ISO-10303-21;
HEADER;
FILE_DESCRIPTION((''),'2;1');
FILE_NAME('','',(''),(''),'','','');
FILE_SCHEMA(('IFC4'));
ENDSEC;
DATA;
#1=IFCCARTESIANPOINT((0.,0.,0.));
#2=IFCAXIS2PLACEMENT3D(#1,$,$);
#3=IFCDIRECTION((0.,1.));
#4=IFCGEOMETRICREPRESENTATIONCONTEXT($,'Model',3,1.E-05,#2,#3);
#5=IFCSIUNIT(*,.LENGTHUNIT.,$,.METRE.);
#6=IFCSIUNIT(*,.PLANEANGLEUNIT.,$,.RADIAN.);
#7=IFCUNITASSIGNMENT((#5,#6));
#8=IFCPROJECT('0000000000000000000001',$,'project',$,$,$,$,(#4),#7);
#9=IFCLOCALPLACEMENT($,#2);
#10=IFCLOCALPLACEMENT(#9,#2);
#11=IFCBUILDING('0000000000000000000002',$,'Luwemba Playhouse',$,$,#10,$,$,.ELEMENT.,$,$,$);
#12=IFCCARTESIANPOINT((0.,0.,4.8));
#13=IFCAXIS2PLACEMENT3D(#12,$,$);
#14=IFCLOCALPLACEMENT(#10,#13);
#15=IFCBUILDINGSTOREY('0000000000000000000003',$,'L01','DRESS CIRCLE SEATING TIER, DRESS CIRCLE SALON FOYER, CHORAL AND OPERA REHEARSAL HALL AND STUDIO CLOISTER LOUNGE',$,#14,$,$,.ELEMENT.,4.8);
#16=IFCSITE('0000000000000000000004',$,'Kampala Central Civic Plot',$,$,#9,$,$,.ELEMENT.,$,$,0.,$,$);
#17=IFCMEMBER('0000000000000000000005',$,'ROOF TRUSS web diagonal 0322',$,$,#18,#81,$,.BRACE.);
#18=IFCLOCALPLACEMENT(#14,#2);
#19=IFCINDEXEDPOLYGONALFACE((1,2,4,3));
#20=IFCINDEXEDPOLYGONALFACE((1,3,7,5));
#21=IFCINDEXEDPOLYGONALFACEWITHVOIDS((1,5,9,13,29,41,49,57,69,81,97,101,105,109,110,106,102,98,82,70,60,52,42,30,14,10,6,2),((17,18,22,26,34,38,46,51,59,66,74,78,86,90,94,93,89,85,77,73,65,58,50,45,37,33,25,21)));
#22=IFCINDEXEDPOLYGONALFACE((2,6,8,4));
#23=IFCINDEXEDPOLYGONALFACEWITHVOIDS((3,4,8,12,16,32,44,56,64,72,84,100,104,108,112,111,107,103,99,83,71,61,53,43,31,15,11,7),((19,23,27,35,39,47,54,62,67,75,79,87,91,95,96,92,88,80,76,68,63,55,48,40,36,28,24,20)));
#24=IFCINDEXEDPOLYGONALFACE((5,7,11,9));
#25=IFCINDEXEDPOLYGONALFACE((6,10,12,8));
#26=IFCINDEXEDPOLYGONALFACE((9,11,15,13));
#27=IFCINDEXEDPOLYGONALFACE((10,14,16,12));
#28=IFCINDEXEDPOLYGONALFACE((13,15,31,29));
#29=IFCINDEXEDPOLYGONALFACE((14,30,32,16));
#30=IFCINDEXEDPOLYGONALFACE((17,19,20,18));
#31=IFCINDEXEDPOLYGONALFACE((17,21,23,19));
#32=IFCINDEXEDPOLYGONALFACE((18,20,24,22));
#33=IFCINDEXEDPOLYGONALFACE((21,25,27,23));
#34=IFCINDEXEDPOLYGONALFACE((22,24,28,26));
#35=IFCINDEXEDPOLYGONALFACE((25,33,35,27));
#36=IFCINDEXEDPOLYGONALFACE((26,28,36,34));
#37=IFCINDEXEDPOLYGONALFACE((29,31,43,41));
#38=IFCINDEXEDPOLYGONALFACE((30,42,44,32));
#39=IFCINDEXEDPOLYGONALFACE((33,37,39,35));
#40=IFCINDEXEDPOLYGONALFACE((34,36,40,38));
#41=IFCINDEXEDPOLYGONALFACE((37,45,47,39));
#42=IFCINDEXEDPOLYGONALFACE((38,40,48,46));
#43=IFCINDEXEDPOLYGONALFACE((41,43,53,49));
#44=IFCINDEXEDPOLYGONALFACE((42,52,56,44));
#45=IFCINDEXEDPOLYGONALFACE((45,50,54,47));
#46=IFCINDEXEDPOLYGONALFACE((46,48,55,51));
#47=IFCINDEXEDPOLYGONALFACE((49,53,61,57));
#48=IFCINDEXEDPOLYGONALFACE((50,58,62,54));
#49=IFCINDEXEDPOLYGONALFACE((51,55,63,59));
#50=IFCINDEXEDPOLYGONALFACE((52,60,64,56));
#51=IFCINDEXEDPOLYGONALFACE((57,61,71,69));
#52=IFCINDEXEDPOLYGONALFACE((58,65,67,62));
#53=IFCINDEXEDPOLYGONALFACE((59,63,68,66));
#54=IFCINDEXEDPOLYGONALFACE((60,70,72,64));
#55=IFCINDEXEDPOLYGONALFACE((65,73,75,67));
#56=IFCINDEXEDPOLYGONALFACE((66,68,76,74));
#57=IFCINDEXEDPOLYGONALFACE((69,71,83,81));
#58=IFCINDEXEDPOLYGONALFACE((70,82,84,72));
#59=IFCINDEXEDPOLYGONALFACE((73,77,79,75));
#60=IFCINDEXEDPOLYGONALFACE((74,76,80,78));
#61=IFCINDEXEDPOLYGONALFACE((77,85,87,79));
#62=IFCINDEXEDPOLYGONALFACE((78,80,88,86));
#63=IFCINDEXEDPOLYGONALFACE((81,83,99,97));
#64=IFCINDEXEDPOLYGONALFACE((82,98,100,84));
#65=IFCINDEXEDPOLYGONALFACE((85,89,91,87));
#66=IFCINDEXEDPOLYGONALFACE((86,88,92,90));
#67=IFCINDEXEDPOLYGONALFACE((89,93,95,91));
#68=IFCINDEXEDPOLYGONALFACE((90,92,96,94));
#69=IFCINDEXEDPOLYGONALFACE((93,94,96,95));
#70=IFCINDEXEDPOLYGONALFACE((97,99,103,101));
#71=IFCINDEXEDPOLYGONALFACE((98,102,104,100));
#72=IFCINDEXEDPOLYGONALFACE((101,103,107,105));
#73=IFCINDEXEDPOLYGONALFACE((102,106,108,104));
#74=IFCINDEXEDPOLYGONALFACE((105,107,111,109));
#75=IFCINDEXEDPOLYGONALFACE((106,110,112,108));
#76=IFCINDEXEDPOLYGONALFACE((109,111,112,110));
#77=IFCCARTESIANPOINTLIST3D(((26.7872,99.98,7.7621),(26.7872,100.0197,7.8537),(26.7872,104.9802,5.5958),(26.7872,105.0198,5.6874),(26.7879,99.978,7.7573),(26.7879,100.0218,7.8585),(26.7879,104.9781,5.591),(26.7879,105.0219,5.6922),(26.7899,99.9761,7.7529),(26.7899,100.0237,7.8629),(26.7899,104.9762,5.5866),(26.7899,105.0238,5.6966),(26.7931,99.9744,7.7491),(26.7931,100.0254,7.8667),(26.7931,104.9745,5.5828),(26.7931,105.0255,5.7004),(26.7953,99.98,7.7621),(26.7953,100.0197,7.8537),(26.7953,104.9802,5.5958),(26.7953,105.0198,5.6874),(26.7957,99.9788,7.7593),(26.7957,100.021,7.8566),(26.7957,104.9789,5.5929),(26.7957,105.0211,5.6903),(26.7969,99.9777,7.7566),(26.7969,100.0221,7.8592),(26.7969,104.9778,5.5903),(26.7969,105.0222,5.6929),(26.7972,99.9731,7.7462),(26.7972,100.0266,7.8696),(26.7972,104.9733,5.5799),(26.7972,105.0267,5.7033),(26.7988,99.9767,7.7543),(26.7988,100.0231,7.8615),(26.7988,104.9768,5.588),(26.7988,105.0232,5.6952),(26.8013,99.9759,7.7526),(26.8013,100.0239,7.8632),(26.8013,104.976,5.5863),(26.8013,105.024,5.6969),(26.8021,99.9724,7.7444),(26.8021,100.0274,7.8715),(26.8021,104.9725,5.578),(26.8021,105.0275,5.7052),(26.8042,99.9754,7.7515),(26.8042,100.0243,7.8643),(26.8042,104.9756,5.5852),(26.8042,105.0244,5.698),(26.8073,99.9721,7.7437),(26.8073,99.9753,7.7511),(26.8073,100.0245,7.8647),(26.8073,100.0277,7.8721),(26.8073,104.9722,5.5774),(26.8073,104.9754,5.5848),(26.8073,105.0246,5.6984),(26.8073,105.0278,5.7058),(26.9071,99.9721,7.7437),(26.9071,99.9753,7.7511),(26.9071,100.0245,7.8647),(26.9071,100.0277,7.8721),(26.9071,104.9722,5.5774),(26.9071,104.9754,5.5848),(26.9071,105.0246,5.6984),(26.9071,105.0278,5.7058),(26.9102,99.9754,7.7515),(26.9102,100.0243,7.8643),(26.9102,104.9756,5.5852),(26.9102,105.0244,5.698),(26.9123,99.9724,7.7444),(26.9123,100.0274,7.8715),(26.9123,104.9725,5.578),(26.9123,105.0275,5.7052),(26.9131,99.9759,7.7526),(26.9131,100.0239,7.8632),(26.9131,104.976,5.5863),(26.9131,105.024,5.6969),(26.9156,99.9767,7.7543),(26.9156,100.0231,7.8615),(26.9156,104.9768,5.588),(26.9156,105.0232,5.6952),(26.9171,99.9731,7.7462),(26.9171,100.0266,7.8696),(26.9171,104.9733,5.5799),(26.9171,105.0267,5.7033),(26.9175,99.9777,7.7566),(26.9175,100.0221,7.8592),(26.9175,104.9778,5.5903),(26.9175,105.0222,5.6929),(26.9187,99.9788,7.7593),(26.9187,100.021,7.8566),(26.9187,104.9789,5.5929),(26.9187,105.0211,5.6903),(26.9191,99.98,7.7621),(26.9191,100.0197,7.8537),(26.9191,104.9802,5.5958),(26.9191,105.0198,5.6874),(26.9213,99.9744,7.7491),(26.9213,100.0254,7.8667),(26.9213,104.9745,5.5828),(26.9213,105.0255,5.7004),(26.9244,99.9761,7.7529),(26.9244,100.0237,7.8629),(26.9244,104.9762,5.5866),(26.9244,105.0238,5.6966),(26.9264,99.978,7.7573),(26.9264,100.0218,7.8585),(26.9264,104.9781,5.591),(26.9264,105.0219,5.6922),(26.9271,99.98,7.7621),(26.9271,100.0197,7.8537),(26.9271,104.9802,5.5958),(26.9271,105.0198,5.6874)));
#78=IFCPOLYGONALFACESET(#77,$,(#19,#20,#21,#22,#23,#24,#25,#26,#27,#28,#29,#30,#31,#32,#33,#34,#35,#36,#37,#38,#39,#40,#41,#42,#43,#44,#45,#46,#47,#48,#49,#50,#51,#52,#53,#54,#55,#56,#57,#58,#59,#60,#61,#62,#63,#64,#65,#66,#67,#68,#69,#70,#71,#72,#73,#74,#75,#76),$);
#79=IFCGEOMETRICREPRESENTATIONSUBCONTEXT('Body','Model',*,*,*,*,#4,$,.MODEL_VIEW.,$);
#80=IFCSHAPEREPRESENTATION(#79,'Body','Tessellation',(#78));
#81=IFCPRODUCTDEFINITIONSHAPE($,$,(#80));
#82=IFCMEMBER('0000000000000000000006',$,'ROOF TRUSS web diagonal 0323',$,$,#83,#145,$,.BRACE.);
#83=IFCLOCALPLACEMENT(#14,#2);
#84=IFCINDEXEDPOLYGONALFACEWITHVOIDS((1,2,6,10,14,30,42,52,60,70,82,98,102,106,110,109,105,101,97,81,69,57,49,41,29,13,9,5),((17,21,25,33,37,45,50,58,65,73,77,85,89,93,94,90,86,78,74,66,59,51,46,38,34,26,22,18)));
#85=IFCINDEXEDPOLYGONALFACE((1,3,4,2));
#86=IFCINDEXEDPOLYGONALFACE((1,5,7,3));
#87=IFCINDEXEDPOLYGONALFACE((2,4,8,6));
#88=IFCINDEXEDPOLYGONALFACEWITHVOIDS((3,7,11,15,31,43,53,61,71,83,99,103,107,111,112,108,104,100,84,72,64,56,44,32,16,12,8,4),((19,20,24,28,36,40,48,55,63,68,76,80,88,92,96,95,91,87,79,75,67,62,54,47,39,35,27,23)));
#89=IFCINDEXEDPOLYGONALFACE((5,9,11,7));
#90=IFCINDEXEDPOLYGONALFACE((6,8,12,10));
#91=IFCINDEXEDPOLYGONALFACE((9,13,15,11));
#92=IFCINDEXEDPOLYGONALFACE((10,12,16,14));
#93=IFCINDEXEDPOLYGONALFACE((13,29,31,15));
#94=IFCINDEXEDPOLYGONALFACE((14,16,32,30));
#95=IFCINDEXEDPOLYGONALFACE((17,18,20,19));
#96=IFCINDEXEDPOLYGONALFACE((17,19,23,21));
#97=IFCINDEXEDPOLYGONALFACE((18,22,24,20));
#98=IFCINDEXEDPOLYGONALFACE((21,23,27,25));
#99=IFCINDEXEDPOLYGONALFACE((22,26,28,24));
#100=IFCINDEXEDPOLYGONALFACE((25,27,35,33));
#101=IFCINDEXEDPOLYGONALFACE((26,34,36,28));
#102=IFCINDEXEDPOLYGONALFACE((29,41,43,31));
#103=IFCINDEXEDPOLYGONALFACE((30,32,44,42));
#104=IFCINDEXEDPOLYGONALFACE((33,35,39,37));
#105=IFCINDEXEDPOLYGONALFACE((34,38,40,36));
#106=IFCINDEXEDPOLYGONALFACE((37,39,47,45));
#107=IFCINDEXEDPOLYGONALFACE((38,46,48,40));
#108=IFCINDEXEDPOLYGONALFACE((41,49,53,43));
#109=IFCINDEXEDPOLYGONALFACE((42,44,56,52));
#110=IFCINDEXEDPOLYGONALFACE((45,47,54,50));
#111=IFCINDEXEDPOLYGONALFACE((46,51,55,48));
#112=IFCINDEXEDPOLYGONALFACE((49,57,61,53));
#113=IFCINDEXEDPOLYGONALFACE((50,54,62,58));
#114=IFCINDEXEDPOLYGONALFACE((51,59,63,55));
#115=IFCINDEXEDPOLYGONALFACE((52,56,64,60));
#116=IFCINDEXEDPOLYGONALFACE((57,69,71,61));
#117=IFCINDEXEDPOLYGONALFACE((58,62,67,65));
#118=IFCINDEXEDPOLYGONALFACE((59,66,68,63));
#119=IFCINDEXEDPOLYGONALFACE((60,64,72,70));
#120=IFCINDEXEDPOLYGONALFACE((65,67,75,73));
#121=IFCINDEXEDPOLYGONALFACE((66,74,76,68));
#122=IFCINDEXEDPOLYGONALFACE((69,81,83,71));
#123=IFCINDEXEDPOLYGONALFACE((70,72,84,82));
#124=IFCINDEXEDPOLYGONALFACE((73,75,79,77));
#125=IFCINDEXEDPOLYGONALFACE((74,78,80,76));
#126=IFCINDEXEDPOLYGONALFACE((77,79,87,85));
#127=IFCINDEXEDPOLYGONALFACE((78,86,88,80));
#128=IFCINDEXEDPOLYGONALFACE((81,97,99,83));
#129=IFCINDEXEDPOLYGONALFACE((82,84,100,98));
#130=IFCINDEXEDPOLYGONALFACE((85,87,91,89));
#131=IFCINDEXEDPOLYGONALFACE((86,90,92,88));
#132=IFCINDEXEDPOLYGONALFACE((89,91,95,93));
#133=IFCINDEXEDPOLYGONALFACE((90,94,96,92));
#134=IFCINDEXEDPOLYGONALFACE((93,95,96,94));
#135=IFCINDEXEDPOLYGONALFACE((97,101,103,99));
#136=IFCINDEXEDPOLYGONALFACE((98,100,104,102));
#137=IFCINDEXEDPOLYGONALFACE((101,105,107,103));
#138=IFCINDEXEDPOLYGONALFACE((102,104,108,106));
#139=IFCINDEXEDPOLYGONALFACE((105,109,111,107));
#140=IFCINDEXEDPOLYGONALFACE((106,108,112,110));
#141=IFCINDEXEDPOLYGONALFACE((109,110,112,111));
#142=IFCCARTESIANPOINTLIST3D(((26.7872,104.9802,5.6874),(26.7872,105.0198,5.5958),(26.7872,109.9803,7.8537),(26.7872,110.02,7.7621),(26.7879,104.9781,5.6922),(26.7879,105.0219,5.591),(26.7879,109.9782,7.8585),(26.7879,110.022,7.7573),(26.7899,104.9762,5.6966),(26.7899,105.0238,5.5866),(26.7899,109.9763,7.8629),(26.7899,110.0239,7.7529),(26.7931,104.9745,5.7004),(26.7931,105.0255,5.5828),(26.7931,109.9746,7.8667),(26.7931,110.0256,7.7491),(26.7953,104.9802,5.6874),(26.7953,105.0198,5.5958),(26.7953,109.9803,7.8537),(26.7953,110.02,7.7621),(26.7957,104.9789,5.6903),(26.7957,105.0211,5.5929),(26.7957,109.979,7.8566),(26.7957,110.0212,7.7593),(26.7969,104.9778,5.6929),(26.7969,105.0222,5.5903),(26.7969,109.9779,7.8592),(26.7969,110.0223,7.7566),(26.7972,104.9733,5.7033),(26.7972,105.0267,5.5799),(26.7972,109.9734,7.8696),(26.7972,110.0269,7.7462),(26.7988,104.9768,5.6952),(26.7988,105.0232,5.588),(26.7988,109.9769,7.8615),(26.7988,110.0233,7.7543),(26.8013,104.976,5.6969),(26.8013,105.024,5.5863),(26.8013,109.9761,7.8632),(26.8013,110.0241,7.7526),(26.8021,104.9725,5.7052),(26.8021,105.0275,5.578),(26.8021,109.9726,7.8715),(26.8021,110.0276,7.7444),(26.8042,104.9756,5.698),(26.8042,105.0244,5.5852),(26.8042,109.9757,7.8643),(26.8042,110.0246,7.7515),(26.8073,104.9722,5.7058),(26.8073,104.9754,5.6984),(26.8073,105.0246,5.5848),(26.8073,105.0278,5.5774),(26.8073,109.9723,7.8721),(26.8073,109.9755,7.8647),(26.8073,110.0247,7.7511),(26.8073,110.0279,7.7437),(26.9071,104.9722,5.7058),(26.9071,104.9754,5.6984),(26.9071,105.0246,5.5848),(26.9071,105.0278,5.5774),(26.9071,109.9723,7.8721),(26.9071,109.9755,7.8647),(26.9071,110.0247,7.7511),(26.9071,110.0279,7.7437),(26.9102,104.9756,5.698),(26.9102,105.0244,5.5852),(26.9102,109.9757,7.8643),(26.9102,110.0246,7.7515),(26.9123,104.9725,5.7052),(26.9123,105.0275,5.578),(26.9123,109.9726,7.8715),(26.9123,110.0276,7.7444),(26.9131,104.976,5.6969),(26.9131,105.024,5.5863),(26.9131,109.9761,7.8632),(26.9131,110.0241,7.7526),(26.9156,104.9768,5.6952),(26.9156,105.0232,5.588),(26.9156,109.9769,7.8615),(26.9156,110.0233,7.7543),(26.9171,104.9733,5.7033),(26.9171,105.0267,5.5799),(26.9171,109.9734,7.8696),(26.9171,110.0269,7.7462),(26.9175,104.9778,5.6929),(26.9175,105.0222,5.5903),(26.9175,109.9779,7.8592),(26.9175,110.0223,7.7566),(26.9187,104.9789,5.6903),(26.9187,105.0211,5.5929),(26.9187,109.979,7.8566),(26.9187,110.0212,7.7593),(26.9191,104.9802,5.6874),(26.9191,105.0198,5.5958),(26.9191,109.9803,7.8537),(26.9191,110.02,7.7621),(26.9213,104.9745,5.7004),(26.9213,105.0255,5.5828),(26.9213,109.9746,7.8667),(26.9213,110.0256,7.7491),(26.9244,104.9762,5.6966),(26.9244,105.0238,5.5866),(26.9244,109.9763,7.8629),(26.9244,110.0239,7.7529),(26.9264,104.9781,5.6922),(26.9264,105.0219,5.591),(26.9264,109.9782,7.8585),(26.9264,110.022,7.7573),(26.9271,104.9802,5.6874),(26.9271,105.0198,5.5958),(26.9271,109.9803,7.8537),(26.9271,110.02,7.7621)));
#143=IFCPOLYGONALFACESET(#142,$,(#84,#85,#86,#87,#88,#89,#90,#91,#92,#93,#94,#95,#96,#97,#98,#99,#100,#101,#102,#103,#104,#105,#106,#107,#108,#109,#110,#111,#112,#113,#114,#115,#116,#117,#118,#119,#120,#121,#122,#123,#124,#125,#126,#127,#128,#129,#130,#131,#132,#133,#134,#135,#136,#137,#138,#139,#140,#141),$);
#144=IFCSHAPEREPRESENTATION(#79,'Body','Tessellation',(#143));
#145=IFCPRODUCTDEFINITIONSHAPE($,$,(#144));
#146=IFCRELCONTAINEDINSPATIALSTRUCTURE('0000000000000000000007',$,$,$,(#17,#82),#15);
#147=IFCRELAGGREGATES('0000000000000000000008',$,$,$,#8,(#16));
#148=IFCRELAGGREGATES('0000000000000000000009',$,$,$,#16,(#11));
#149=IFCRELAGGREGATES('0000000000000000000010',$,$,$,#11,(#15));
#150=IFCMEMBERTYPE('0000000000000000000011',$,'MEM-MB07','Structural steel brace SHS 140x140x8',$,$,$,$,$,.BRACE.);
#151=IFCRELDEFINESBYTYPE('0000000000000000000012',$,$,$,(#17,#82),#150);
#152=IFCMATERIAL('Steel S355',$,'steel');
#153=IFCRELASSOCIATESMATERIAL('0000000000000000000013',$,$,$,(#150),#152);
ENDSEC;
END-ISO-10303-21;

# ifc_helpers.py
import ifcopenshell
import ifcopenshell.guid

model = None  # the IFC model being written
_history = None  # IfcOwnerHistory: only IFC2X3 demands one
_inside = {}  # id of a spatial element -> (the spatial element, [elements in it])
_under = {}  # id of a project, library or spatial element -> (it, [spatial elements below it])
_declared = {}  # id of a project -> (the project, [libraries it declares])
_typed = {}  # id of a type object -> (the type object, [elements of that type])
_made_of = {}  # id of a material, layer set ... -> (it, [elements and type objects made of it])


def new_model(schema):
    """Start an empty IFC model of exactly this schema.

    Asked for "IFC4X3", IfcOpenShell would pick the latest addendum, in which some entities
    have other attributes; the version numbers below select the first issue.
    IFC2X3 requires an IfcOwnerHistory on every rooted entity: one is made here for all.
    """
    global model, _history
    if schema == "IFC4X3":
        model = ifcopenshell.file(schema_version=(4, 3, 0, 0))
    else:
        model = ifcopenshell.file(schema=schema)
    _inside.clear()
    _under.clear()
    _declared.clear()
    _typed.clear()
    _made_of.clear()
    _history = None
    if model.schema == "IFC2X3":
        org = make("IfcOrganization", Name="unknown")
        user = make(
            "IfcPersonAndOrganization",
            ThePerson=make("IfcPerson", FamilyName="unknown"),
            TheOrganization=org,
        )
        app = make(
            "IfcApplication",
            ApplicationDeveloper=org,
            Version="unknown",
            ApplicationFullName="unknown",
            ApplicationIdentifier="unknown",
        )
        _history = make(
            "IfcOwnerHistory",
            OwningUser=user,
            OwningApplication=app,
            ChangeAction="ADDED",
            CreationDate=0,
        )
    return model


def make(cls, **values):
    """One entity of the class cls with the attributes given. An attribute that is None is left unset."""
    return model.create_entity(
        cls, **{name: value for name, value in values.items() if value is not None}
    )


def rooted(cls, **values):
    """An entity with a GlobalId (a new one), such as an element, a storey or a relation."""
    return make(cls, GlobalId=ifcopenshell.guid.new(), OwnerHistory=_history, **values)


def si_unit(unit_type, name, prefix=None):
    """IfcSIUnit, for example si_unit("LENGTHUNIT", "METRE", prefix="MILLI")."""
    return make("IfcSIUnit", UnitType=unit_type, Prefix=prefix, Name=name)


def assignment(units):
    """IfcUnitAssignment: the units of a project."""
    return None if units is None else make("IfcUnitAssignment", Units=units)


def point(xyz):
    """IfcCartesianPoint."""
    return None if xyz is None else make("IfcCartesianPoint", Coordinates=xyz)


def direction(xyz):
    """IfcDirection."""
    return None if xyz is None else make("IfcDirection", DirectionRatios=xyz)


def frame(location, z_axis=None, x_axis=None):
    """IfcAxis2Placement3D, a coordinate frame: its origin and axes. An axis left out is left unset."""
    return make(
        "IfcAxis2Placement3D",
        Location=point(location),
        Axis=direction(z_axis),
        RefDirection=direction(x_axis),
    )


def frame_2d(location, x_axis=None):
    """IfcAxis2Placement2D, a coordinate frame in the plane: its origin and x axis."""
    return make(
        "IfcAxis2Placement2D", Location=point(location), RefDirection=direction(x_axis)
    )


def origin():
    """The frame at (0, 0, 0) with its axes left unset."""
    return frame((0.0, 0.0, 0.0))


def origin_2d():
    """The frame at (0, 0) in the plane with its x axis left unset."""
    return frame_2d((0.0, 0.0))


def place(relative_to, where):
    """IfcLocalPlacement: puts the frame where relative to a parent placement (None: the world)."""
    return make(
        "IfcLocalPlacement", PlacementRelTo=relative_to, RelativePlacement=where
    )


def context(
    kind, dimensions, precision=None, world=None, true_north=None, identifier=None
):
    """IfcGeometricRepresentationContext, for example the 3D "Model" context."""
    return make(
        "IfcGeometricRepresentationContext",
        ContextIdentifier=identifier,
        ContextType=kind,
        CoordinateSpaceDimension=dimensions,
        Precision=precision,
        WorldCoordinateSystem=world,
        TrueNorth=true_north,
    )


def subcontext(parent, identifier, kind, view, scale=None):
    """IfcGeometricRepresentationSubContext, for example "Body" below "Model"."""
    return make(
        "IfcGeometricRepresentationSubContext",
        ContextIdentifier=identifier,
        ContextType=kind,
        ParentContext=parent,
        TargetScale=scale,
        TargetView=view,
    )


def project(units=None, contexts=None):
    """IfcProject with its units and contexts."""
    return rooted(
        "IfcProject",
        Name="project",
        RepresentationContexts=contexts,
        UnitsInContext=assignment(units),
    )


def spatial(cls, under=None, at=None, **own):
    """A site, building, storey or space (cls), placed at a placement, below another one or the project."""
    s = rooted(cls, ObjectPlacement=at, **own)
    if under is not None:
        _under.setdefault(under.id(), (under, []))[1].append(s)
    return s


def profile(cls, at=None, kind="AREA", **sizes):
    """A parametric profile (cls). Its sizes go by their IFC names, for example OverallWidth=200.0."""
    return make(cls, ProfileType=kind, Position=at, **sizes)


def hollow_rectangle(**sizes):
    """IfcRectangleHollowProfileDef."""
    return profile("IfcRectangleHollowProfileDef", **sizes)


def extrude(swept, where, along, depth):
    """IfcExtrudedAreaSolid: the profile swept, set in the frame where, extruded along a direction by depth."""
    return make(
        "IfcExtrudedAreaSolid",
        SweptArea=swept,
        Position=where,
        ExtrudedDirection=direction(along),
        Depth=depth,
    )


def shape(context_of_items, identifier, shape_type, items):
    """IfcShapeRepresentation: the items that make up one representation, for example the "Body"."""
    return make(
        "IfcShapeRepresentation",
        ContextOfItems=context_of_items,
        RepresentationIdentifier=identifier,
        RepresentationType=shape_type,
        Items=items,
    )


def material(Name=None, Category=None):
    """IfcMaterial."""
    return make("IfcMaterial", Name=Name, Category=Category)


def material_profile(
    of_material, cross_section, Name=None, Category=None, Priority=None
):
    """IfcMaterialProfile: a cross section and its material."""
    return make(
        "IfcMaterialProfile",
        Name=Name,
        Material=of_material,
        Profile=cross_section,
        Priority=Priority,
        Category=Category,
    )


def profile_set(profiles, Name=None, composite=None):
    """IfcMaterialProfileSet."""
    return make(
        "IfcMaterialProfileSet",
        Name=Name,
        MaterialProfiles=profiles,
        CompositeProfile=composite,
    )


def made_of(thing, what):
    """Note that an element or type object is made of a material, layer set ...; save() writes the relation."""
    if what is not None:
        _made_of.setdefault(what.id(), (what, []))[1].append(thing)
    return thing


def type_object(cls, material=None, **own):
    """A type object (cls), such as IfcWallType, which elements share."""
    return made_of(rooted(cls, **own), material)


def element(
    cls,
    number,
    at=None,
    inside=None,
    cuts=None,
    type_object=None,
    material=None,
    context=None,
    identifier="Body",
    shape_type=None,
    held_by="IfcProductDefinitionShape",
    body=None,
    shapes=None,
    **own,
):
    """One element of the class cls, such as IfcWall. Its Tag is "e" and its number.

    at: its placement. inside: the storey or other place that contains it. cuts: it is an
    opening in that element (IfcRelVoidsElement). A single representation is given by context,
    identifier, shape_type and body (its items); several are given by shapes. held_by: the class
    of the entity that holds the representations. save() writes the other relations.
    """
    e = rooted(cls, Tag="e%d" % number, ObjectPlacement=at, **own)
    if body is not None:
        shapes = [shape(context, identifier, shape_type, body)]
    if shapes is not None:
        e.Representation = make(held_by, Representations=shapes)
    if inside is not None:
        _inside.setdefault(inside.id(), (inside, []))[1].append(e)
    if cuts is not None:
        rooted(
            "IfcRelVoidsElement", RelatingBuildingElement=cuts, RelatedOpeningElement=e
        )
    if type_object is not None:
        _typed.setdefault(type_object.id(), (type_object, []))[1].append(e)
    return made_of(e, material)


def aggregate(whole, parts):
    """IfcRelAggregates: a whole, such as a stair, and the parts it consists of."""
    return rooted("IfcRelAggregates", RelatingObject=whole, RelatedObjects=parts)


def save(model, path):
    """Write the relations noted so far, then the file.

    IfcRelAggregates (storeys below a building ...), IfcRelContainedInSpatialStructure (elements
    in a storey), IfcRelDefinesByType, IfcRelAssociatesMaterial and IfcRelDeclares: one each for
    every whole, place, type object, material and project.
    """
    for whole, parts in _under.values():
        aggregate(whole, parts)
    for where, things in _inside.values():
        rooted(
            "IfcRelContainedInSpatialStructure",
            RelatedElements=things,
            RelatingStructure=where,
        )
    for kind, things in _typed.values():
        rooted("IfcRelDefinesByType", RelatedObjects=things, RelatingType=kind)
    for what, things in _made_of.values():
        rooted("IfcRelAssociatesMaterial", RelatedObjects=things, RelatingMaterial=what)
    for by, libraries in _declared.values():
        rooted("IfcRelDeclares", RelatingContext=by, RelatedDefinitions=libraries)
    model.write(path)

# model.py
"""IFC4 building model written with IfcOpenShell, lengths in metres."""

from ifc_helpers import new_model, si_unit, direction, frame, origin, origin_2d, place, context, subcontext, project, spatial, hollow_rectangle, extrude, material, material_profile, profile_set, type_object, element, save


model = new_model("IFC4")

# Units and contexts
model_context = context("Model", 3, precision=1e-05, world=origin(), true_north=direction((0.0, 1.0)))
body_context = subcontext(model_context, "Body", "Model", "MODEL_VIEW")
ifc_project = project(units=[si_unit("LENGTHUNIT", "METRE"), si_unit("PLANEANGLEUNIT", "RADIAN")], contexts=[model_context])

# Site, building, storey
site_placement = place(None, origin())
site = spatial("IfcSite", under=ifc_project, at=site_placement, Name="Kampala Central Civic Plot", CompositionType="ELEMENT", RefElevation=0.0)
building_placement = place(site_placement, origin())
building = spatial("IfcBuilding", under=site, at=building_placement, Name="Luwemba Playhouse", CompositionType="ELEMENT")
storey_placement = place(building_placement, frame((0.0, 0.0, 4.8)))
storey = spatial("IfcBuildingStorey", under=building, at=storey_placement, Name="L01", Description="DRESS CIRCLE SEATING TIER, DRESS CIRCLE SALON FOYER, CHORAL AND OPERA REHEARSAL HALL AND STUDIO CLOISTER LOUNGE", CompositionType="ELEMENT", Elevation=4.8)

# Shared definitions
ifc_material_1 = material(Name="Steel S355", Category="steel")

# Members
ifc_material_profile_1 = material_profile(ifc_material_1, hollow_rectangle(XDim=0.1399, YDim=0.1399, WallThickness=0.0081, InnerFilletRadius=0.012, OuterFilletRadius=0.02, at=origin_2d()))
ifc_profile_set_1 = profile_set([ifc_material_profile_1], Name="Steel S355")
member_type_1 = type_object("IfcMemberType", Name="MEM-MB07", Description="Structural steel brace SHS 140x140x8", PredefinedType="BRACE", material=ifc_profile_set_1)
for number, where, z_axis, x_axis, name in (
    (1, (26.8572, 105.0, 5.6416), (0.0, -0.917583, 0.397545), (1.0, 0.0, 0.0), "ROOF TRUSS web diagonal 0322"),
    (2, (26.8572, 105.0, 5.6416), (0.0, 0.917583, 0.397545), (-1.0, 0.0, 0.0), "ROOF TRUSS web diagonal 0323"),
):
    element("IfcMember", number, at=place(storey_placement, frame(where, z_axis=z_axis, x_axis=x_axis)), inside=storey, type_object=member_type_1, Name=name, PredefinedType="BRACE", context=body_context, shape_type="SweptSolid", body=[
        extrude(hollow_rectangle(XDim=0.1399, YDim=0.1399, WallThickness=0.0081, InnerFilletRadius=0.012, OuterFilletRadius=0.02, at=origin_2d()), origin(), (0.0, 0.0, 1.0), 5.4492),
    ])

save(model, "model.ifc")
